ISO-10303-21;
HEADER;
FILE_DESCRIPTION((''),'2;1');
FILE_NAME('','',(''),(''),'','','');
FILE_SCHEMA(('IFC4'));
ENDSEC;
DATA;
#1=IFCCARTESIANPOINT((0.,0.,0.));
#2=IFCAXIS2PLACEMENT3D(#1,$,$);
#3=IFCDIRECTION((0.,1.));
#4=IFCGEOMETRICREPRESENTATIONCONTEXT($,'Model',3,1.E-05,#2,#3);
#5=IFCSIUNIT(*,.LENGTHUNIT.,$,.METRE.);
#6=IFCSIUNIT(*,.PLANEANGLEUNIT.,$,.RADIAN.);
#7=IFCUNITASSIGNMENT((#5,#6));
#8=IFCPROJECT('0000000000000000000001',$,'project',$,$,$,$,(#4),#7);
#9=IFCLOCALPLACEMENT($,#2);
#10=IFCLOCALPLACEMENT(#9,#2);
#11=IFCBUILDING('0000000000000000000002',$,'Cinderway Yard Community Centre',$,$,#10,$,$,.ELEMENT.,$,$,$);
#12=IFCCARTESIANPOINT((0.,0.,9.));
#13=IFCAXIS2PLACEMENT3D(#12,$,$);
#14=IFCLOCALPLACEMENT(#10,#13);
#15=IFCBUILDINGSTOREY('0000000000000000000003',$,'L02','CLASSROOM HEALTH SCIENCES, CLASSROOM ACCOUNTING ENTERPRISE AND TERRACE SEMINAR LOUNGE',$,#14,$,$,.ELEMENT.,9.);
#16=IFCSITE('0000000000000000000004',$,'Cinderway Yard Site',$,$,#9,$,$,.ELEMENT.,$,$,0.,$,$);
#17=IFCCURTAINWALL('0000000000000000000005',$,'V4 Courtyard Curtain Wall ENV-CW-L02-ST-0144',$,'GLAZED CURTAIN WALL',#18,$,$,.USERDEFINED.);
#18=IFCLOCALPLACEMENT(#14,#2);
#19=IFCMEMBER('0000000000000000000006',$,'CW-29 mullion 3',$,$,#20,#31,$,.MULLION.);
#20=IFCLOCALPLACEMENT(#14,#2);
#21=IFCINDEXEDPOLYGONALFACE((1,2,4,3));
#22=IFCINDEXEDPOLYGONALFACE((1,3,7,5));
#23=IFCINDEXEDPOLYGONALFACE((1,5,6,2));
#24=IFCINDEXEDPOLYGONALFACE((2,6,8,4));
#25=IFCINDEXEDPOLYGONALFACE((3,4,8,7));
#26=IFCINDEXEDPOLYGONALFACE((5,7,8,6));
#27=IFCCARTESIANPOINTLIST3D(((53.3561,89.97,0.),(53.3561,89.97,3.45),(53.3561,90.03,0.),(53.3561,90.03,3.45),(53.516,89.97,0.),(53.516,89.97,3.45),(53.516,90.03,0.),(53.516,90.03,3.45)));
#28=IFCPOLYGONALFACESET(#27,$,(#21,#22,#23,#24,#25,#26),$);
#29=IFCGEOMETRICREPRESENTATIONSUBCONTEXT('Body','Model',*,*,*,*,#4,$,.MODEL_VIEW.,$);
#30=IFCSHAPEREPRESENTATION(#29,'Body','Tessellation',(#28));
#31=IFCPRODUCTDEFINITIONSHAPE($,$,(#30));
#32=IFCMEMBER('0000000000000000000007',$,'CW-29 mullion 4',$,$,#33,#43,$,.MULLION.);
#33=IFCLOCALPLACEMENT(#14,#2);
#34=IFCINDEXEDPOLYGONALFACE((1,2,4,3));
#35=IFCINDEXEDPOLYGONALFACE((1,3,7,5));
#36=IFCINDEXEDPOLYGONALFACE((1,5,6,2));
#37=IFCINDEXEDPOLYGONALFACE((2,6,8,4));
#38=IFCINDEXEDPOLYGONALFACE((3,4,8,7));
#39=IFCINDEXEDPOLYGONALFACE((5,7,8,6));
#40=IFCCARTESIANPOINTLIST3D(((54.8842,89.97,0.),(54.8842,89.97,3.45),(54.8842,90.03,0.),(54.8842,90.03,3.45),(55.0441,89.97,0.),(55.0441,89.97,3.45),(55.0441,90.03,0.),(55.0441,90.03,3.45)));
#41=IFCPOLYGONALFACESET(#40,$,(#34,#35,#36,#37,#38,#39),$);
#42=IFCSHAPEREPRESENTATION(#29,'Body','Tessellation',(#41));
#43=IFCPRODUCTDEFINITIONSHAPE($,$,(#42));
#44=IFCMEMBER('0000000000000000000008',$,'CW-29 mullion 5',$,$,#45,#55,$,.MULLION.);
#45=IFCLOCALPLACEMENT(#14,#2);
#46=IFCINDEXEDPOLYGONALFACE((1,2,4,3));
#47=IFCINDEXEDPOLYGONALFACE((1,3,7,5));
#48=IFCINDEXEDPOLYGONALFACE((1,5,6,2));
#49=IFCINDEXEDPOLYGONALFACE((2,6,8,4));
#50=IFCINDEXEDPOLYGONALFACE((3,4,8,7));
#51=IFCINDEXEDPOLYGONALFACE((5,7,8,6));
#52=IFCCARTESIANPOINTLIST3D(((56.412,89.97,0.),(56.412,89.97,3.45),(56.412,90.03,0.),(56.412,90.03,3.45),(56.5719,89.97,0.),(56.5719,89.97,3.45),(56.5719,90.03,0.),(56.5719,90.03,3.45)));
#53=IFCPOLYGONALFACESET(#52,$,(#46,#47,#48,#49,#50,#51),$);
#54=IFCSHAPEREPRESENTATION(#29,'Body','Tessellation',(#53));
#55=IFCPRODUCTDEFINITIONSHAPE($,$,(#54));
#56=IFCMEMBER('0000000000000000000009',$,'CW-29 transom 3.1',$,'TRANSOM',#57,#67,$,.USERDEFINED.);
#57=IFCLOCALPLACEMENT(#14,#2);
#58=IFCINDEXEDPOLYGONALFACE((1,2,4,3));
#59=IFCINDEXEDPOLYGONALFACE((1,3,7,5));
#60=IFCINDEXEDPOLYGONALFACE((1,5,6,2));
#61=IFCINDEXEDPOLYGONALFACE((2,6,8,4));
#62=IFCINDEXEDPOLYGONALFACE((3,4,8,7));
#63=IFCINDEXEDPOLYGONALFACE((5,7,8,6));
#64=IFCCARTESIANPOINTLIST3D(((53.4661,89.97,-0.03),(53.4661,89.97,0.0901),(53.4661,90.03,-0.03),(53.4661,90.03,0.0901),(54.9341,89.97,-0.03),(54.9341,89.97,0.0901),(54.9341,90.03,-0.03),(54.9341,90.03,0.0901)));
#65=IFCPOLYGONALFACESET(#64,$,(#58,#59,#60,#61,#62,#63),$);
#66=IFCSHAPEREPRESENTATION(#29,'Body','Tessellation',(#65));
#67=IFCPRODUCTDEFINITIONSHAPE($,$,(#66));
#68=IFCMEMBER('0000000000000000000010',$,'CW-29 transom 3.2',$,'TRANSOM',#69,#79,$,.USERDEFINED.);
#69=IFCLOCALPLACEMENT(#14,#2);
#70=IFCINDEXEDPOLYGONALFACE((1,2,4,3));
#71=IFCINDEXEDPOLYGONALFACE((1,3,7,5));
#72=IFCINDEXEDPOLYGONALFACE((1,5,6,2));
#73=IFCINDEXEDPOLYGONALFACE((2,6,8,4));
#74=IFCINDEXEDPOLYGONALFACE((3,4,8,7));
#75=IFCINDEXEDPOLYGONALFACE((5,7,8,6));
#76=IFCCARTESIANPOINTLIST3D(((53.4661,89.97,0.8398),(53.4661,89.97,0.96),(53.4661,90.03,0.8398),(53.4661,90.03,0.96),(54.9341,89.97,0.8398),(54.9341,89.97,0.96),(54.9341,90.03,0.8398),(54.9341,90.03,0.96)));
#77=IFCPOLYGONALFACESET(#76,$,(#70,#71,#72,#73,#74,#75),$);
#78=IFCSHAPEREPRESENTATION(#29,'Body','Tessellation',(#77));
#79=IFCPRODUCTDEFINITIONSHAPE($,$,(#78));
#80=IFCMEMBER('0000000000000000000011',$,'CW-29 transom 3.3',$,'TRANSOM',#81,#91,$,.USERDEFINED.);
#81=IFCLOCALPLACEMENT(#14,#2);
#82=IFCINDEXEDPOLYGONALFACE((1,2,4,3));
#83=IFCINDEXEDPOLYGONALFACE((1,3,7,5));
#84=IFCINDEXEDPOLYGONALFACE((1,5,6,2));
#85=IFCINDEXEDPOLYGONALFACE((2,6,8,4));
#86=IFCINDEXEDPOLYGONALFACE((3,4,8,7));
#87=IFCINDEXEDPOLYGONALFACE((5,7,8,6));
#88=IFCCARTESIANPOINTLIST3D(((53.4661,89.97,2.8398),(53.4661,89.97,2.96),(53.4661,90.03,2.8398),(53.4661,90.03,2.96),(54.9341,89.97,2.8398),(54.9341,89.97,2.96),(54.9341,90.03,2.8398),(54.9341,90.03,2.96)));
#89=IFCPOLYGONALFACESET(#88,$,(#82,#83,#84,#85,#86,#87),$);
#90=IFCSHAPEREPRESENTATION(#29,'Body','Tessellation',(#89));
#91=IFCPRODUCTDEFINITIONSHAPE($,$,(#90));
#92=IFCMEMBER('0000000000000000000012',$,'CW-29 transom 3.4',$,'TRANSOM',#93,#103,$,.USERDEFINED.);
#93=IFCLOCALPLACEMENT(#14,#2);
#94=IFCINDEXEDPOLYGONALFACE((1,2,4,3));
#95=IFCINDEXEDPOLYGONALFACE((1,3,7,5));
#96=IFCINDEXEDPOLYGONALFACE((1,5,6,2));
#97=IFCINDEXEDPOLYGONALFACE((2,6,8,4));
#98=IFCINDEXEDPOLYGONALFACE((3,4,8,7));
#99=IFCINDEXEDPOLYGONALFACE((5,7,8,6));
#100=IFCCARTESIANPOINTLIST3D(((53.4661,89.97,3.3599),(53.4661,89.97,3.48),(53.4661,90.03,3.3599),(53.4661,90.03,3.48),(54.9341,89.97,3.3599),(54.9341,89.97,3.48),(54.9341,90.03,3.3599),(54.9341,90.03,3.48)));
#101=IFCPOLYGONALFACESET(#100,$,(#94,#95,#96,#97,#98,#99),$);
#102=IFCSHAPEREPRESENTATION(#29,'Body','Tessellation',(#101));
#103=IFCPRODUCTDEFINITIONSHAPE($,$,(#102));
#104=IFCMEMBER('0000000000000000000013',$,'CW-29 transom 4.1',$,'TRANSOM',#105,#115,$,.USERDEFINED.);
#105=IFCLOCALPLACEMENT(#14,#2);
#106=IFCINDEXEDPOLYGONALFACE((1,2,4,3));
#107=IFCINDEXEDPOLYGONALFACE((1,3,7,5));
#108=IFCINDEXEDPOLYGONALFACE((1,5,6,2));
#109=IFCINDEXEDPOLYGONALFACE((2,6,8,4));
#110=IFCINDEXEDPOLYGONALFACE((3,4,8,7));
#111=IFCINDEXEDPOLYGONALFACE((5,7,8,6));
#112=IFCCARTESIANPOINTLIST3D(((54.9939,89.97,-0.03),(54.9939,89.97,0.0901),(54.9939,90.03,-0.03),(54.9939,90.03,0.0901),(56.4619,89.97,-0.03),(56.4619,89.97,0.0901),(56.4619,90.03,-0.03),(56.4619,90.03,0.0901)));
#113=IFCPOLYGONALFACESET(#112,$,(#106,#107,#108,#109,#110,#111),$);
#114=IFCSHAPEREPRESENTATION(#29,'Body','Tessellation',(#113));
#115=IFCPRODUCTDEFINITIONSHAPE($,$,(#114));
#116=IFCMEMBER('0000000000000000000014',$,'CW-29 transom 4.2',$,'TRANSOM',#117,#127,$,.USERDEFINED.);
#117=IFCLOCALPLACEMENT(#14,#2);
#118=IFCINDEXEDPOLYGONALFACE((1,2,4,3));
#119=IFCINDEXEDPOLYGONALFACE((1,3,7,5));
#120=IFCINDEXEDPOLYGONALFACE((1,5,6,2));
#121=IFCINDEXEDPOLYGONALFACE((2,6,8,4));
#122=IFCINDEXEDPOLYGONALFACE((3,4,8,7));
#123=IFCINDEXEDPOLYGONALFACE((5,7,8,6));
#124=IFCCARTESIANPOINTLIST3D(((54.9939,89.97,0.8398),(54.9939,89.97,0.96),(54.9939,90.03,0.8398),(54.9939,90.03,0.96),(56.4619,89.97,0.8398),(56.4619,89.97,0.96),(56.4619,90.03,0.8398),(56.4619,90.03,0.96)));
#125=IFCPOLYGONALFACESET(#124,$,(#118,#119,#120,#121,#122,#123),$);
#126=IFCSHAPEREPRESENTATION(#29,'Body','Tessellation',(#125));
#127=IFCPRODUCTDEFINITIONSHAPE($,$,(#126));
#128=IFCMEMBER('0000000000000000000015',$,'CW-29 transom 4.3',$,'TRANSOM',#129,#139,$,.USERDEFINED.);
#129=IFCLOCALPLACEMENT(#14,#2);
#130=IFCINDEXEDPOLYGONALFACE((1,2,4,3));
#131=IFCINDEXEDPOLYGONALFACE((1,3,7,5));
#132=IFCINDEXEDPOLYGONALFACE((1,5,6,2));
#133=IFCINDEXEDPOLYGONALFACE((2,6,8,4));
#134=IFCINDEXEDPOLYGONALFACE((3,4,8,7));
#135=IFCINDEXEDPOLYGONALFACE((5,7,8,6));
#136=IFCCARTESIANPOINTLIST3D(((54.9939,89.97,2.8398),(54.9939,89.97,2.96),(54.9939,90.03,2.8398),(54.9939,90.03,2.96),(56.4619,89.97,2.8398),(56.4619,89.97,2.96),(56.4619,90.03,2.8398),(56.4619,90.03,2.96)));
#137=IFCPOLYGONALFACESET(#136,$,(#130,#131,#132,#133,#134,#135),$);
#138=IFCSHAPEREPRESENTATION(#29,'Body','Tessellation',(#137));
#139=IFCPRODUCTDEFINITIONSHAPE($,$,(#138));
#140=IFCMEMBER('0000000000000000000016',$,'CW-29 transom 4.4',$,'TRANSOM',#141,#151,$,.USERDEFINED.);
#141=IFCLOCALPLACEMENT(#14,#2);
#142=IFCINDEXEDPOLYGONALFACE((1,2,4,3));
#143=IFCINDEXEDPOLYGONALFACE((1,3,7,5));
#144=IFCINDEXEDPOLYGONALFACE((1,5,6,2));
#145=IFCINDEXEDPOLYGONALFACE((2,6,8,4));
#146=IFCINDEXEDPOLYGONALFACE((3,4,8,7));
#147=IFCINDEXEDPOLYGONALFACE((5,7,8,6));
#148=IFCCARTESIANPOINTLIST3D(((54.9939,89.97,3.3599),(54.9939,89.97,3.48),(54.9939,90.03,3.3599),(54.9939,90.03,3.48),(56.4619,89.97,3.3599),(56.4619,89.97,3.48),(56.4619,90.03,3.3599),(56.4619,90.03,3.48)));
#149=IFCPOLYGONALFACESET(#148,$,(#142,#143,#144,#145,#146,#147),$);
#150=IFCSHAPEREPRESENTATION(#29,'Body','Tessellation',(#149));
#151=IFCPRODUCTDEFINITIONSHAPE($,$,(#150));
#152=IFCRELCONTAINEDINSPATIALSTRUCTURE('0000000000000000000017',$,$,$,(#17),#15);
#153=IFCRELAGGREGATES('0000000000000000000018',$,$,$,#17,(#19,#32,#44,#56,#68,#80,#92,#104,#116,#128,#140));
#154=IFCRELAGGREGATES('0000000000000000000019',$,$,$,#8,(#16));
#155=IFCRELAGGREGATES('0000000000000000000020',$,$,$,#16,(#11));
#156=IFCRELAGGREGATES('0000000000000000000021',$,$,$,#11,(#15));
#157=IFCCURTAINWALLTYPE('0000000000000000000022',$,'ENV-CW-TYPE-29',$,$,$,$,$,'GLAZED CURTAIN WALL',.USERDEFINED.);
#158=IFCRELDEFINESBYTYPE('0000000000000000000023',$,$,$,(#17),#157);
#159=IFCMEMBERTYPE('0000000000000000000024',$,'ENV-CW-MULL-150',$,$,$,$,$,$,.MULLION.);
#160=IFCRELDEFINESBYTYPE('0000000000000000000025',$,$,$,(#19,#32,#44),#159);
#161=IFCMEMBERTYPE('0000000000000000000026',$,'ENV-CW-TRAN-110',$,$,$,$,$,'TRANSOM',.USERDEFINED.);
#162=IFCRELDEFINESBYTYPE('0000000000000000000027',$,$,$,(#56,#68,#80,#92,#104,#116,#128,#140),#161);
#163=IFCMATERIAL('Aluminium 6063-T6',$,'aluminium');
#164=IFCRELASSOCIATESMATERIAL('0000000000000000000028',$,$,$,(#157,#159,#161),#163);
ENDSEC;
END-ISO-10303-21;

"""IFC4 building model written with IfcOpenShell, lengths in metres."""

from ifc_helpers import new_model, si_unit, direction, frame, origin, origin_2d, place, context, subcontext, project, spatial, rectangle, extrude, material, material_profile, profile_set, type_object, element, aggregate, save


model = new_model("IFC4")

# Units and contexts
model_context = context("Model", 3, precision=1e-05, world=origin(), true_north=direction((0.0, 1.0)))
body_context = subcontext(model_context, "Body", "Model", "MODEL_VIEW")
ifc_project = project(units=[si_unit("LENGTHUNIT", "METRE"), si_unit("PLANEANGLEUNIT", "RADIAN")], contexts=[model_context])

# Site, building, storey
site_placement = place(None, origin())
site = spatial("IfcSite", under=ifc_project, at=site_placement, Name="Cinderway Yard Site", CompositionType="ELEMENT", RefElevation=0.0)
building_placement = place(site_placement, origin())
building = spatial("IfcBuilding", under=site, at=building_placement, Name="Cinderway Yard Community Centre", CompositionType="ELEMENT")
storey_placement = place(building_placement, frame((0.0, 0.0, 9.0)))
storey = spatial("IfcBuildingStorey", under=building, at=storey_placement, Name="L02", Description="CLASSROOM HEALTH SCIENCES, CLASSROOM ACCOUNTING ENTERPRISE AND TERRACE SEMINAR LOUNGE", CompositionType="ELEMENT", Elevation=9.0)

# Curtain wall, members
ifc_material_1 = material(Name="Aluminium 6063-T6", Category="aluminium")
curtain_wall_type = type_object("IfcCurtainWallType", Name="ENV-CW-TYPE-29", ElementType="GLAZED CURTAIN WALL", PredefinedType="USERDEFINED", material=ifc_material_1)
curtain_wall_placement = place(storey_placement, origin())
curtain_wall = element("IfcCurtainWall", 1, at=curtain_wall_placement, inside=storey, type_object=curtain_wall_type, Name="V4 Courtyard Curtain Wall ENV-CW-L02-ST-0144", ObjectType="GLAZED CURTAIN WALL", PredefinedType="USERDEFINED")
ifc_material_profile_1 = material_profile(ifc_material_1, rectangle(XDim=0.0601, YDim=0.1599, at=origin_2d()), Name="Aluminium 6063-T6")
ifc_profile_set_1 = profile_set([ifc_material_profile_1], Name="Aluminium 6063-T6")
member_type_1 = type_object("IfcMemberType", Name="ENV-CW-MULL-150", PredefinedType="MULLION", material=ifc_profile_set_1)
member_1_placement = place(storey_placement, frame((53.436, 90.0, 0.0), z_axis=(0.0, 0.0, 1.0), x_axis=(0.0, 1.0, 0.0)))
member_1 = element("IfcMember", 2, at=member_1_placement, type_object=member_type_1, Name="CW-29 mullion 3", PredefinedType="MULLION", context=body_context, shape_type="SweptSolid", body=[
    extrude(rectangle(XDim=0.0601, YDim=0.1599, at=origin_2d()), origin(), (0.0, 0.0, 1.0), 3.45),
])
member_2_placement = place(storey_placement, frame((54.9641, 90.0, 0.0), z_axis=(0.0, 0.0, 1.0), x_axis=(0.0, 1.0, 0.0)))
member_2 = element("IfcMember", 3, at=member_2_placement, type_object=member_type_1, Name="CW-29 mullion 4", PredefinedType="MULLION", context=body_context, shape_type="SweptSolid", body=[
    extrude(rectangle(XDim=0.0601, YDim=0.1599, at=origin_2d()), origin(), (0.0, 0.0, 1.0), 3.45),
])
member_3_placement = place(storey_placement, frame((56.4919, 90.0, 0.0), z_axis=(0.0, 0.0, 1.0), x_axis=(0.0, 1.0, 0.0)))
member_3 = element("IfcMember", 4, at=member_3_placement, type_object=member_type_1, Name="CW-29 mullion 5", PredefinedType="MULLION", context=body_context, shape_type="SweptSolid", body=[
    extrude(rectangle(XDim=0.0601, YDim=0.1599, at=origin_2d()), origin(), (0.0, 0.0, 1.0), 3.45),
])
ifc_material_profile_2 = material_profile(ifc_material_1, rectangle(XDim=0.0601, YDim=0.1201, at=origin_2d()), Name="Aluminium 6063-T6")
ifc_profile_set_2 = profile_set([ifc_material_profile_2], Name="Aluminium 6063-T6")
member_type_2 = type_object("IfcMemberType", Name="ENV-CW-TRAN-110", ElementType="TRANSOM", PredefinedType="USERDEFINED", material=ifc_profile_set_2)
member_4_placement = place(storey_placement, frame((53.4661, 90.0, 0.03), z_axis=(1.0, 0.0, 0.0), x_axis=(0.0, 1.0, 0.0)))
member_4 = element("IfcMember", 5, at=member_4_placement, type_object=member_type_2, Name="CW-29 transom 3.1", ObjectType="TRANSOM", PredefinedType="USERDEFINED", context=body_context, shape_type="SweptSolid", body=[
    extrude(rectangle(XDim=0.0601, YDim=0.1201, at=origin_2d()), origin(), (0.0, 0.0, 1.0), 1.468),
])
member_5_placement = place(storey_placement, frame((53.4661, 90.0, 0.8999), z_axis=(1.0, 0.0, 0.0), x_axis=(0.0, 1.0, 0.0)))
member_5 = element("IfcMember", 6, at=member_5_placement, type_object=member_type_2, Name="CW-29 transom 3.2", ObjectType="TRANSOM", PredefinedType="USERDEFINED", context=body_context, shape_type="SweptSolid", body=[
    extrude(rectangle(XDim=0.0601, YDim=0.1201, at=origin_2d()), origin(), (0.0, 0.0, 1.0), 1.468),
])
member_6_placement = place(storey_placement, frame((53.4661, 90.0, 2.8999), z_axis=(1.0, 0.0, 0.0), x_axis=(0.0, 1.0, 0.0)))
member_6 = element("IfcMember", 7, at=member_6_placement, type_object=member_type_2, Name="CW-29 transom 3.3", ObjectType="TRANSOM", PredefinedType="USERDEFINED", context=body_context, shape_type="SweptSolid", body=[
    extrude(rectangle(XDim=0.0601, YDim=0.1201, at=origin_2d()), origin(), (0.0, 0.0, 1.0), 1.468),
])
member_7_placement = place(storey_placement, frame((53.4661, 90.0, 3.4199), z_axis=(1.0, 0.0, 0.0), x_axis=(0.0, 1.0, 0.0)))
member_7 = element("IfcMember", 8, at=member_7_placement, type_object=member_type_2, Name="CW-29 transom 3.4", ObjectType="TRANSOM", PredefinedType="USERDEFINED", context=body_context, shape_type="SweptSolid", body=[
    extrude(rectangle(XDim=0.0601, YDim=0.1201, at=origin_2d()), origin(), (0.0, 0.0, 1.0), 1.468),
])
member_8_placement = place(storey_placement, frame((54.9939, 90.0, 0.03), z_axis=(1.0, 0.0, 0.0), x_axis=(0.0, 1.0, 0.0)))
member_8 = element("IfcMember", 9, at=member_8_placement, type_object=member_type_2, Name="CW-29 transom 4.1", ObjectType="TRANSOM", PredefinedType="USERDEFINED", context=body_context, shape_type="SweptSolid", body=[
    extrude(rectangle(XDim=0.0601, YDim=0.1201, at=origin_2d()), origin(), (0.0, 0.0, 1.0), 1.468),
])
member_9_placement = place(storey_placement, frame((54.9939, 90.0, 0.8999), z_axis=(1.0, 0.0, 0.0), x_axis=(0.0, 1.0, 0.0)))
member_9 = element("IfcMember", 10, at=member_9_placement, type_object=member_type_2, Name="CW-29 transom 4.2", ObjectType="TRANSOM", PredefinedType="USERDEFINED", context=body_context, shape_type="SweptSolid", body=[
    extrude(rectangle(XDim=0.0601, YDim=0.1201, at=origin_2d()), origin(), (0.0, 0.0, 1.0), 1.468),
])
member_10_placement = place(storey_placement, frame((54.9939, 90.0, 2.8999), z_axis=(1.0, 0.0, 0.0), x_axis=(0.0, 1.0, 0.0)))
member_10 = element("IfcMember", 11, at=member_10_placement, type_object=member_type_2, Name="CW-29 transom 4.3", ObjectType="TRANSOM", PredefinedType="USERDEFINED", context=body_context, shape_type="SweptSolid", body=[
    extrude(rectangle(XDim=0.0601, YDim=0.1201, at=origin_2d()), origin(), (0.0, 0.0, 1.0), 1.468),
])
member_11_placement = place(storey_placement, frame((54.9939, 90.0, 3.4199), z_axis=(1.0, 0.0, 0.0), x_axis=(0.0, 1.0, 0.0)))
member_11 = element("IfcMember", 12, at=member_11_placement, type_object=member_type_2, Name="CW-29 transom 4.4", ObjectType="TRANSOM", PredefinedType="USERDEFINED", context=body_context, shape_type="SweptSolid", body=[
    extrude(rectangle(XDim=0.0601, YDim=0.1201, at=origin_2d()), origin(), (0.0, 0.0, 1.0), 1.468),
])

aggregate(curtain_wall, [member_1, member_2, member_3, member_4, member_5, member_6, member_7, member_8, member_9, member_10, member_11])

save(model, "model.ifc")
